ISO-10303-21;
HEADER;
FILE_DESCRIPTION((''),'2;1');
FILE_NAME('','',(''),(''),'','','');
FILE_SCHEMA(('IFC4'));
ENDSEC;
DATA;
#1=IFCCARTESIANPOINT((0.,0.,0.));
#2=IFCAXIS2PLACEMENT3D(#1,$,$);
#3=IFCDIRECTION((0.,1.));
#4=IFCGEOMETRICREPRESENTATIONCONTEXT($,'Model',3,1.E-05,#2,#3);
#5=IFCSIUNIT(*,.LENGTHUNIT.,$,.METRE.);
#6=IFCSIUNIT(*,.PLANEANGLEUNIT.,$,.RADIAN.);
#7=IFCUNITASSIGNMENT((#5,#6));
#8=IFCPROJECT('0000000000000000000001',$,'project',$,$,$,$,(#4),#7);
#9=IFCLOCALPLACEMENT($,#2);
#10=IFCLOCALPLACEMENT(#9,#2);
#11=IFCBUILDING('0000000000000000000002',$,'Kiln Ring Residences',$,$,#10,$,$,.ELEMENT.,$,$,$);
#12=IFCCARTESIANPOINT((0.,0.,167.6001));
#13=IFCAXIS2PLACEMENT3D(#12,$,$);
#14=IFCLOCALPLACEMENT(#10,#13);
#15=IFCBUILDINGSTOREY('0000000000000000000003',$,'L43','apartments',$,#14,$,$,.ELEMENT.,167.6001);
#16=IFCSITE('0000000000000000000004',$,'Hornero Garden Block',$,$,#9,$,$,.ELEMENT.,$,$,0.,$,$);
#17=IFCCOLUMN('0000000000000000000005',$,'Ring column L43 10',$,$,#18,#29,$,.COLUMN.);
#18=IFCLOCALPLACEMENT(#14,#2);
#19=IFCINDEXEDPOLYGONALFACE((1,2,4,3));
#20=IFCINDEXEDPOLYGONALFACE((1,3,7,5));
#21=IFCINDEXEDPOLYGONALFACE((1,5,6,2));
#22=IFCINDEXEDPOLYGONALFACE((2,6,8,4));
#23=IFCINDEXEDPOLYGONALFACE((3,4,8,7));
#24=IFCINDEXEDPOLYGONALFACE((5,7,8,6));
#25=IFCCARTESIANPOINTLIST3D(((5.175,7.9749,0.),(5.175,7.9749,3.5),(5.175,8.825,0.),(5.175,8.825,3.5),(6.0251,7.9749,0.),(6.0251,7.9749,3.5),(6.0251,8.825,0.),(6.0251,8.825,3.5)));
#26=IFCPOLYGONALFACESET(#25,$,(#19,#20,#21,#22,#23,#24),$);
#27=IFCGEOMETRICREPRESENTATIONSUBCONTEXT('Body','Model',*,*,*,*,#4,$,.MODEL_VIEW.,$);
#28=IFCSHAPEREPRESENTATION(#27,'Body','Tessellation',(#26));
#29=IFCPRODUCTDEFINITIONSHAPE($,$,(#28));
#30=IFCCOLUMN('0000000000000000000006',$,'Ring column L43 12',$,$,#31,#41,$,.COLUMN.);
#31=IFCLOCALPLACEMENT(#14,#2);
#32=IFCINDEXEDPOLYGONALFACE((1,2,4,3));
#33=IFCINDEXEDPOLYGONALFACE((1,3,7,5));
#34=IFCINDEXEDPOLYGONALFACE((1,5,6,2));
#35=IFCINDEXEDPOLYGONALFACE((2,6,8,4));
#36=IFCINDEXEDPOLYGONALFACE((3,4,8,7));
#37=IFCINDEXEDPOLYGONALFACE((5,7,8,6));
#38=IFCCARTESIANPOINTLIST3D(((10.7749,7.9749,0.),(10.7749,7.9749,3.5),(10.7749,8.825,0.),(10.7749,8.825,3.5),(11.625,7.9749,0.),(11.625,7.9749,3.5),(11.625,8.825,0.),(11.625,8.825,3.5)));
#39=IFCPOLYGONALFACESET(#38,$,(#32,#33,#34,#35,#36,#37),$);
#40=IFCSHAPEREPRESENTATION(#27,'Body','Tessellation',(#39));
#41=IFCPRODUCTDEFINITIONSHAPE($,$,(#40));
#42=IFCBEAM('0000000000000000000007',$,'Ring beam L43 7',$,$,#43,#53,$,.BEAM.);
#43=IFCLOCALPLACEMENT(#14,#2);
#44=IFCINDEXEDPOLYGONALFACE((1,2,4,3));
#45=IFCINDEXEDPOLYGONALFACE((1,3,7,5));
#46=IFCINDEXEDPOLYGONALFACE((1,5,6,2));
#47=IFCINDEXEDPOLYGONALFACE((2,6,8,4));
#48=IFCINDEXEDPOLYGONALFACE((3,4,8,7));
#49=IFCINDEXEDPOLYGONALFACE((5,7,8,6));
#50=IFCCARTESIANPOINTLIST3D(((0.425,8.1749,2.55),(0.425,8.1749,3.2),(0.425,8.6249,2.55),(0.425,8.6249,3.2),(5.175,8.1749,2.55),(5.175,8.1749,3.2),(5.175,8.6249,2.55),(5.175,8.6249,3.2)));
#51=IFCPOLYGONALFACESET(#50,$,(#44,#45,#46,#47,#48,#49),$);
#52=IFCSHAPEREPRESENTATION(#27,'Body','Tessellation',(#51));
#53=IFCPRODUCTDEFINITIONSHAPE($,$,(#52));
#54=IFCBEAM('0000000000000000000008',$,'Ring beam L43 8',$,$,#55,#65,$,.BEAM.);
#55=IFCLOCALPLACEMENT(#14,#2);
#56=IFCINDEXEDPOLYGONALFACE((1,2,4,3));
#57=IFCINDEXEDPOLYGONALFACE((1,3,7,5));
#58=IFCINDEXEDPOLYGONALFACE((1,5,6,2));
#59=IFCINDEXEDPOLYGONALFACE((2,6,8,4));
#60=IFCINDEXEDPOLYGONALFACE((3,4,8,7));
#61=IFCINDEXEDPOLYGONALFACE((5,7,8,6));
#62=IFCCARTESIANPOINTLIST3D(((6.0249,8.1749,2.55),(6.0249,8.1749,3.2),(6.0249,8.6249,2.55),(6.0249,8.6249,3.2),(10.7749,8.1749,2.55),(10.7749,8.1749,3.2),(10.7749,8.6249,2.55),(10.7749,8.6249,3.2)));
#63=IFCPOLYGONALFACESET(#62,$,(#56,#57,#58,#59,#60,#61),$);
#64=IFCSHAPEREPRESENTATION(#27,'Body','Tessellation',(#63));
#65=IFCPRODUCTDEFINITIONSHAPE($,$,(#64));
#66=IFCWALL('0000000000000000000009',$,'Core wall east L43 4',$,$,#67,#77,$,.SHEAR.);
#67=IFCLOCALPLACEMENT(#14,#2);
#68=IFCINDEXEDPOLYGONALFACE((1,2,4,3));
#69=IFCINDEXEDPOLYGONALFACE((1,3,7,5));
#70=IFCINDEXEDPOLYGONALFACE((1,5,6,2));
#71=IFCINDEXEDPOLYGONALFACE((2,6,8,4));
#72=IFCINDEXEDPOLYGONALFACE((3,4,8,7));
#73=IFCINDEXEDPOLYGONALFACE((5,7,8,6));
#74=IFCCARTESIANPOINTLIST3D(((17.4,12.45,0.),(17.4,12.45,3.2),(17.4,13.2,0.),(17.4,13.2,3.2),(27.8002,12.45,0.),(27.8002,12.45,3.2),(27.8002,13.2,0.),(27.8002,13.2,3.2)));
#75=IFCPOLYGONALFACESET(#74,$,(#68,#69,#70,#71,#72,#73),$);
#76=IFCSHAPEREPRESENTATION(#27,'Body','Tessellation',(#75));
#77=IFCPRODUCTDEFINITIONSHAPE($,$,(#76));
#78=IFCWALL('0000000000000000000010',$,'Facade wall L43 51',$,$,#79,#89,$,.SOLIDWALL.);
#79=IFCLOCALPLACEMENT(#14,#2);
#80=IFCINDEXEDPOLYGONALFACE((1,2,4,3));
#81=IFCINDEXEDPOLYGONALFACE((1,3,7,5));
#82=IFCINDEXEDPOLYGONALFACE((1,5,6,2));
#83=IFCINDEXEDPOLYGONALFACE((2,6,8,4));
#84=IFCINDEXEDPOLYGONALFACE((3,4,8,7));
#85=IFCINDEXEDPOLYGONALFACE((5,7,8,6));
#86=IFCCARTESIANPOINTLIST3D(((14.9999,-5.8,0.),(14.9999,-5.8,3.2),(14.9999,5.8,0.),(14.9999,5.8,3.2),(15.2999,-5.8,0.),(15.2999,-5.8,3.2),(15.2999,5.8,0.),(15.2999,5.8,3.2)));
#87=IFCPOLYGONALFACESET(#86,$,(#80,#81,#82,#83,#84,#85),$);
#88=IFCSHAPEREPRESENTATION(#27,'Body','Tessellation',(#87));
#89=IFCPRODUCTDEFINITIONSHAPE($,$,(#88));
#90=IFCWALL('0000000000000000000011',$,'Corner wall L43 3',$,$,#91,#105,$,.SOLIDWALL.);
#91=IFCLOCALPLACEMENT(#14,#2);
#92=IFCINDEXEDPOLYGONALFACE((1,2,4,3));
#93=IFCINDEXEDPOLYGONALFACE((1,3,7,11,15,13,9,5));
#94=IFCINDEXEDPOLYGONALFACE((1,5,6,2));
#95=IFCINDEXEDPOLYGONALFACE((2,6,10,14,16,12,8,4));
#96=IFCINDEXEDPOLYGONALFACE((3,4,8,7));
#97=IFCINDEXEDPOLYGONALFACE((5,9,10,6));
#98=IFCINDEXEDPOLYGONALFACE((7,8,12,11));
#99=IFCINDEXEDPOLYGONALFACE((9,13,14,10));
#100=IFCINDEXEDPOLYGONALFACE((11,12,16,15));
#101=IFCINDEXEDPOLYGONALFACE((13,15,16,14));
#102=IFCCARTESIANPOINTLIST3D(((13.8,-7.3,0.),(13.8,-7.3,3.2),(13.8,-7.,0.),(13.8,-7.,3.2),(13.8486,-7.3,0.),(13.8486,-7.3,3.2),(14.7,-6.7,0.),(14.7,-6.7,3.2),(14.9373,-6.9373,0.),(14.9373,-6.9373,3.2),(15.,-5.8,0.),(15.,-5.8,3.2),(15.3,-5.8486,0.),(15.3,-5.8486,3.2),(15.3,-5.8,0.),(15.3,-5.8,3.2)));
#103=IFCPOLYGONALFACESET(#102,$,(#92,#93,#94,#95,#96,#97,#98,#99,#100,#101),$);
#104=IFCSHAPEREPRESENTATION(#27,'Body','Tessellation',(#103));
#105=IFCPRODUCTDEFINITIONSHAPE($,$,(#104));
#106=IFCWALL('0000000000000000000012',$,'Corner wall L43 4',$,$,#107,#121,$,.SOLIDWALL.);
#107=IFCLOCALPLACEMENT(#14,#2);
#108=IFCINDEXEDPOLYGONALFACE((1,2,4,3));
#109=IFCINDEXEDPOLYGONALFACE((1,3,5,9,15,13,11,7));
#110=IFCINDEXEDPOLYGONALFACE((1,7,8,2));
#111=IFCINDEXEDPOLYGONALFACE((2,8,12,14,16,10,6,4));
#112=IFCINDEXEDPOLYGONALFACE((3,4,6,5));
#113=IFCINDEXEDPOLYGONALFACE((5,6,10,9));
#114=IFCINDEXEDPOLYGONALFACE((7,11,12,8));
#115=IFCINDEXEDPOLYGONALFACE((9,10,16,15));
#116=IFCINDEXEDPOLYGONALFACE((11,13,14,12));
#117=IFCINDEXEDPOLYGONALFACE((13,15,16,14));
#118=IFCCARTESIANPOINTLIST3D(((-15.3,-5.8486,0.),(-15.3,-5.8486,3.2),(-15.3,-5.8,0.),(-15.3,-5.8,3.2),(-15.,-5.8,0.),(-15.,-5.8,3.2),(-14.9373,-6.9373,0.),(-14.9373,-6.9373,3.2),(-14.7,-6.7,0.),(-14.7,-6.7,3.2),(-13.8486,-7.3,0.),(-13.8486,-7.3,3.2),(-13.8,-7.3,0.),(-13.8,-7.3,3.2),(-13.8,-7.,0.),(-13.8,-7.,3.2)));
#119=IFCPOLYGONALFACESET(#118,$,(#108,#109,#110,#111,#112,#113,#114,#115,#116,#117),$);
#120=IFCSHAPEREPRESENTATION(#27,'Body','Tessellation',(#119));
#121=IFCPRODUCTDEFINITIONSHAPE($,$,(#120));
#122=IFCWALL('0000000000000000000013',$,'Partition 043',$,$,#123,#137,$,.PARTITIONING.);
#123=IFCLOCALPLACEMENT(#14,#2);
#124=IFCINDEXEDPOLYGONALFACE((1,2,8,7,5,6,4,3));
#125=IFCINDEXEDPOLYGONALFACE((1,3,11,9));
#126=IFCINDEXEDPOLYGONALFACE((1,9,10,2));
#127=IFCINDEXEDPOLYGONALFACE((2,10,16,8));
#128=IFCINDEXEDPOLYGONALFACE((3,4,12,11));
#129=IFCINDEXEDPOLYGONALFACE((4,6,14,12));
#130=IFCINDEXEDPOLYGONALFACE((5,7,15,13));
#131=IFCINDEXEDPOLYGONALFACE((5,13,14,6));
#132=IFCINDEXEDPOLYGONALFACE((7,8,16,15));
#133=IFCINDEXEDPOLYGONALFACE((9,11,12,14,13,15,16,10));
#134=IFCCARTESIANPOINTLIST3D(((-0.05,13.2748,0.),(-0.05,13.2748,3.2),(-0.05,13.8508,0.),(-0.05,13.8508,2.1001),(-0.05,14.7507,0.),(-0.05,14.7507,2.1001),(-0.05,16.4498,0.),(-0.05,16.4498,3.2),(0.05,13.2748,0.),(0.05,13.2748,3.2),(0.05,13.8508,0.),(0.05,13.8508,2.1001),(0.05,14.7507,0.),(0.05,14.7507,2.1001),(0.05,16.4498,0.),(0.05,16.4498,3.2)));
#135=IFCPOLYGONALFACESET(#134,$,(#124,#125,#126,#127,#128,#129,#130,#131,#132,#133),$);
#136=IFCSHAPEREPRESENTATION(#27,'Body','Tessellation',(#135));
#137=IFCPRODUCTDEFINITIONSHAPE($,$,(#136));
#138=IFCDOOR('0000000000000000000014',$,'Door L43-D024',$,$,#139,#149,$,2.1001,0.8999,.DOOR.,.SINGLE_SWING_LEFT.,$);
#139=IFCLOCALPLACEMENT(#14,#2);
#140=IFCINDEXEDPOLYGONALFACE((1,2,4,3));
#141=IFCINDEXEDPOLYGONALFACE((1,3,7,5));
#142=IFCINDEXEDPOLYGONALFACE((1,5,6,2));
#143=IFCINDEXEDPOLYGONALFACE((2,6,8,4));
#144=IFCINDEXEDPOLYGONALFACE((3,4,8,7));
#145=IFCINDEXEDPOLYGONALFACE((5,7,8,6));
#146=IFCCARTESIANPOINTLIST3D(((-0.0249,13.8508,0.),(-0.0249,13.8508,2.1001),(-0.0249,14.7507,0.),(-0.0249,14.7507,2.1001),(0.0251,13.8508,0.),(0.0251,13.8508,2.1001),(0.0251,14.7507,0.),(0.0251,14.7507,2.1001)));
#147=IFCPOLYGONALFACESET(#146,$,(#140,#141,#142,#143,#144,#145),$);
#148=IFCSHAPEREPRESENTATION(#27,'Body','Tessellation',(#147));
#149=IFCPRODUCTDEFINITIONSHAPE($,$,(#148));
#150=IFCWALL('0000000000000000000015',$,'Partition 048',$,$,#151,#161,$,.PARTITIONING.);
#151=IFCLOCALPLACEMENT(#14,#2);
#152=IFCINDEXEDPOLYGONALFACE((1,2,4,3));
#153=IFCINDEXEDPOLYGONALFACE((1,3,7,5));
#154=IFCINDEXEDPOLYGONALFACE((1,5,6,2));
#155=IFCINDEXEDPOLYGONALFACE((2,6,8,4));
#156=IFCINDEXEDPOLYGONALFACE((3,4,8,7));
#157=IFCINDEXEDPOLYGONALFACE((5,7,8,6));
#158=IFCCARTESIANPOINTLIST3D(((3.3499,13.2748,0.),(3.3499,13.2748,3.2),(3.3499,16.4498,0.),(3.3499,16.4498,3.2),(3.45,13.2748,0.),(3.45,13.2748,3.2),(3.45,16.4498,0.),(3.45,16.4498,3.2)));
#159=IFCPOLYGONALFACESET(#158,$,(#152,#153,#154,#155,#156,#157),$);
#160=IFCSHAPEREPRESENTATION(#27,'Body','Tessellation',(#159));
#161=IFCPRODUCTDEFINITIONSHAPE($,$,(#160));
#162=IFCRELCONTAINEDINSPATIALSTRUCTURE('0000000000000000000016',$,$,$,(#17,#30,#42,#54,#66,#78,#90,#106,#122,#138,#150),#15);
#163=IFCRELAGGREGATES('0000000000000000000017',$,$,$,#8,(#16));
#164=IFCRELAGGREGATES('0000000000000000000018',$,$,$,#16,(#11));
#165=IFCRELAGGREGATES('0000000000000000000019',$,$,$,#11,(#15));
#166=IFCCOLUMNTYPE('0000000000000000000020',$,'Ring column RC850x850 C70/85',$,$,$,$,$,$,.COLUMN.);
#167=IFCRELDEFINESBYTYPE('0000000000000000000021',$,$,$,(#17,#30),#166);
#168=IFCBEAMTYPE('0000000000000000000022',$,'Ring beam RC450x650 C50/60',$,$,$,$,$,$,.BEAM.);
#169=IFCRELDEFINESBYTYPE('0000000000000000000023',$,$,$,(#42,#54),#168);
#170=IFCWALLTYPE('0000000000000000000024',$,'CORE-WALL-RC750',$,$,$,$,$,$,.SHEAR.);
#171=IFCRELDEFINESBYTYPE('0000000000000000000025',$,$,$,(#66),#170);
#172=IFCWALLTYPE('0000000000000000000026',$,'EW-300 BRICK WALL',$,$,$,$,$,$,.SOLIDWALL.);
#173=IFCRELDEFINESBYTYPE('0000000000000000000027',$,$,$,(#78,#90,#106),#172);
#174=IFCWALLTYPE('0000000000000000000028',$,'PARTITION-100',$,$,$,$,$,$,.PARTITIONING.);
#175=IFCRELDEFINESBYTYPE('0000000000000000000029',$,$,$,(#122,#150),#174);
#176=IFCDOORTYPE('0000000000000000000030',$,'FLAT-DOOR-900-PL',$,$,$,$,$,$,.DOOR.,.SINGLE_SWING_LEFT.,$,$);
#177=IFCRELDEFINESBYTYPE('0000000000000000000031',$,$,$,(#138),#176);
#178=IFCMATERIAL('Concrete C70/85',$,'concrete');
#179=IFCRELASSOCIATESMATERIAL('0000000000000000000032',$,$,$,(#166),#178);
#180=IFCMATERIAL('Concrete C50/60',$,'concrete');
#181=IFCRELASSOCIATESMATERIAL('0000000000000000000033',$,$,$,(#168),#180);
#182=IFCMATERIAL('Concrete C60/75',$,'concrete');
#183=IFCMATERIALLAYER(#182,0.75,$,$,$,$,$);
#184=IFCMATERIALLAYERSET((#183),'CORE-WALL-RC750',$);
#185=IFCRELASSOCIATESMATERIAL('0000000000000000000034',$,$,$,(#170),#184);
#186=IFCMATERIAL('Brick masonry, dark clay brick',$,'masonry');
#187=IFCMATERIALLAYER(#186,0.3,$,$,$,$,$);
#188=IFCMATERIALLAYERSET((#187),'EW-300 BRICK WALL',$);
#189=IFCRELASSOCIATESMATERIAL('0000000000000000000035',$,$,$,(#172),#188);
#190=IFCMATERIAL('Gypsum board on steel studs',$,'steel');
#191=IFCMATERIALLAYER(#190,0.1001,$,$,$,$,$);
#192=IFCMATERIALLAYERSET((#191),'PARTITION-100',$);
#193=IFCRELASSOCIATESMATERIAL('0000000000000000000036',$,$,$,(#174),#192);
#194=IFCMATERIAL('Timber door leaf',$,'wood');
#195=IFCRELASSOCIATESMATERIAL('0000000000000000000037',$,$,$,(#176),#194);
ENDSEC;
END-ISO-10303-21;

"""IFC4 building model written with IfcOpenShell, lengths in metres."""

from ifc_helpers import new_model, si_unit, direction, frame, frame_2d, origin, origin_2d, place, context, subcontext, project, spatial, polyline, rectangle, outline, extrude, material, layer, layer_set, material_profile, profile_set, type_object, element, fill, save


model = new_model("IFC4")

# Units and contexts
model_context = context("Model", 3, precision=1e-05, world=origin(), true_north=direction((0.0, 1.0)))
body_context = subcontext(model_context, "Body", "Model", "MODEL_VIEW")
ifc_project = project(units=[si_unit("LENGTHUNIT", "METRE"), si_unit("PLANEANGLEUNIT", "RADIAN")], contexts=[model_context])

# Site, building, storey
site_placement = place(None, origin())
site = spatial("IfcSite", under=ifc_project, at=site_placement, Name="Hornero Garden Block", CompositionType="ELEMENT", RefElevation=0.0)
building_placement = place(site_placement, origin())
building = spatial("IfcBuilding", under=site, at=building_placement, Name="Kiln Ring Residences", CompositionType="ELEMENT")
storey_placement = place(building_placement, frame((0.0, 0.0, 167.6001)))
storey = spatial("IfcBuildingStorey", under=building, at=storey_placement, Name="L43", Description="apartments", CompositionType="ELEMENT", Elevation=167.6001)

# Columns
ifc_material_1 = material(Name="Concrete C70/85", Category="concrete")
ifc_material_profile_1 = material_profile(ifc_material_1, rectangle(XDim=0.8501, YDim=0.8501, at=origin_2d()), Name="RC850x850")
ifc_profile_set_1 = profile_set([ifc_material_profile_1], Name="Concrete C70/85")
column_type = type_object("IfcColumnType", Name="Ring column RC850x850 C70/85", PredefinedType="COLUMN", material=ifc_profile_set_1)
for number, where, z_axis, x_axis, name in (
    (1, (5.6001, 8.3999, 0.0), (0.0, 0.0, 1.0), (1.0, 0.0, 0.0), "Ring column L43 10"),
    (2, (11.2, 8.3999, 0.0), (0.0, 0.0, 1.0), (1.0, 0.0, 0.0), "Ring column L43 12"),
):
    element("IfcColumn", number, at=place(storey_placement, frame(where, z_axis=z_axis, x_axis=x_axis)), inside=storey, type_object=column_type, Name=name, PredefinedType="COLUMN", context=body_context, shape_type="SweptSolid", body=[
        extrude(rectangle(XDim=0.8501, YDim=0.8501, at=origin_2d()), origin(), (0.0, 0.0, 1.0), 3.5),
    ])

# Beams
ifc_material_2 = material(Name="Concrete C50/60", Category="concrete")
ifc_material_profile_2 = material_profile(ifc_material_2, rectangle(XDim=0.45, YDim=0.6499, at=origin_2d()), Name="RC450x650")
ifc_profile_set_2 = profile_set([ifc_material_profile_2], Name="Concrete C50/60")
beam_type = type_object("IfcBeamType", Name="Ring beam RC450x650 C50/60", PredefinedType="BEAM", material=ifc_profile_set_2)
for number, where, z_axis, x_axis, name in (
    (3, (0.425, 8.3999, 2.875), (1.0, 0.0, 0.0), (0.0, 1.0, 0.0), "Ring beam L43 7"),
    (4, (6.0249, 8.3999, 2.875), (1.0, 0.0, 0.0), (0.0, 1.0, 0.0), "Ring beam L43 8"),
):
    element("IfcBeam", number, at=place(storey_placement, frame(where, z_axis=z_axis, x_axis=x_axis)), inside=storey, type_object=beam_type, Name=name, PredefinedType="BEAM", context=body_context, shape_type="SweptSolid", body=[
        extrude(rectangle(XDim=0.45, YDim=0.6499, at=origin_2d()), origin(), (0.0, 0.0, 1.0), 4.75),
    ])

# Walls
ifc_material_3 = material(Name="Concrete C60/75", Category="concrete")
ifc_layer_1 = layer(ifc_material_3, 0.75)
ifc_layer_set_1 = layer_set([ifc_layer_1], Name="CORE-WALL-RC750")
wall_type_1 = type_object("IfcWallType", Name="CORE-WALL-RC750", PredefinedType="SHEAR", material=ifc_layer_set_1)
wall_1_placement = place(storey_placement, frame((17.3999, 12.825, 0.0), z_axis=(0.0, 0.0, 1.0), x_axis=(1.0, 0.0, 0.0)))
element("IfcWall", 5, at=wall_1_placement, inside=storey, type_object=wall_type_1, Name="Core wall east L43 4", PredefinedType="SHEAR", context=body_context, shape_type="SweptSolid", body=[
    extrude(rectangle(XDim=10.4001, YDim=0.75, at=frame_2d((5.2002, 0.0))), origin(), (0.0, 0.0, 1.0), 3.2),
])
ifc_material_4 = material(Name="Brick masonry, dark clay brick", Category="masonry")
ifc_layer_2 = layer(ifc_material_4, 0.3)
ifc_layer_set_2 = layer_set([ifc_layer_2], Name="EW-300 BRICK WALL")
wall_type_2 = type_object("IfcWallType", Name="EW-300 BRICK WALL", PredefinedType="SOLIDWALL", material=ifc_layer_set_2)
wall_2_placement = place(storey_placement, frame((15.1499, 5.8, 0.0), z_axis=(0.0, 0.0, 1.0), x_axis=(0.0, -1.0, 0.0)))
element("IfcWall", 6, at=wall_2_placement, inside=storey, type_object=wall_type_2, Name="Facade wall L43 51", PredefinedType="SOLIDWALL", context=body_context, shape_type="SweptSolid", body=[
    extrude(rectangle(XDim=11.6001, YDim=0.3, at=frame_2d((5.8, 0.0))), origin(), (0.0, 0.0, 1.0), 3.2),
])
placement = place(storey_placement, origin())
element("IfcWall", 7, at=placement, inside=storey, type_object=wall_type_2, Name="Corner wall L43 3", PredefinedType="SOLIDWALL", context=body_context, shape_type="SweptSolid", body=[
    extrude(outline(polyline([(14.9373, -6.9373), (15.3, -5.8486), (15.3, -5.8), (15.0, -5.8), (14.7, -6.7), (13.8, -7.0), (13.8, -7.3), (13.8486, -7.3), (14.9373, -6.9373)])), origin(), (0.0, 0.0, 1.0), 3.2),
])
element("IfcWall", 8, at=placement, inside=storey, type_object=wall_type_2, Name="Corner wall L43 4", PredefinedType="SOLIDWALL", context=body_context, shape_type="SweptSolid", body=[
    extrude(outline(polyline([(-14.9373, -6.9373), (-13.8486, -7.3), (-13.8, -7.3), (-13.8, -7.0), (-14.7, -6.7), (-15.0, -5.8), (-15.3, -5.8), (-15.3, -5.8486), (-14.9373, -6.9373)])), origin(), (0.0, 0.0, 1.0), 3.2),
])

# Wall, opening, door
ifc_material_5 = material(Name="Gypsum board on steel studs", Category="steel")
ifc_layer_3 = layer(ifc_material_5, 0.1001)
ifc_layer_set_3 = layer_set([ifc_layer_3], Name="PARTITION-100")
wall_type_3 = type_object("IfcWallType", Name="PARTITION-100", PredefinedType="PARTITIONING", material=ifc_layer_set_3)
wall_3_placement = place(storey_placement, frame((0.0, 13.2749, 0.0), z_axis=(0.0, 0.0, 1.0), x_axis=(0.0, 1.0, 0.0)))
wall_3 = element("IfcWall", 9, at=wall_3_placement, inside=storey, type_object=wall_type_3, Name="Partition 043", PredefinedType="PARTITIONING", context=body_context, shape_type="SweptSolid", body=[
    extrude(rectangle(XDim=3.175, YDim=0.1001, at=frame_2d((1.5874, 0.0))), origin(), (0.0, 0.0, 1.0), 3.2),
])
opening_1_placement = place(wall_3_placement, frame((0.5759, 0.0, 0.0)))
opening_1 = element("IfcOpeningElement", 10, at=opening_1_placement, cuts=wall_3, PredefinedType="OPENING", context=body_context, shape_type="SweptSolid", body=[
    extrude(rectangle(XDim=0.8999, YDim=2.1001, at=frame_2d((0.45, 1.05))), frame((0.0, 0.0601, 0.0), z_axis=(0.0, -1.0, 0.0), x_axis=(1.0, 0.0, 0.0)), (0.0, 0.0, 1.0), 0.1201),
])
ifc_material_6 = material(Name="Timber door leaf", Category="wood")
door_type_1 = type_object("IfcDoorType", Name="FLAT-DOOR-900-PL", OperationType="SINGLE_SWING_LEFT", PredefinedType="DOOR", material=ifc_material_6)
door_1_placement = place(opening_1_placement, origin())
door_1 = element("IfcDoor", 11, at=door_1_placement, inside=storey, type_object=door_type_1, Name="Door L43-D024", OperationType="SINGLE_SWING_LEFT", OverallHeight=2.1001, OverallWidth=0.8999, PredefinedType="DOOR", context=body_context, shape_type="SweptSolid", body=[
    extrude(rectangle(XDim=0.8999, YDim=2.1001, at=frame_2d((0.45, 1.05))), frame((0.0, 0.0249, 0.0), z_axis=(0.0, -1.0, 0.0), x_axis=(1.0, 0.0, 0.0)), (0.0, 0.0, 1.0), 0.05),
])
fill(opening_1, door_1)

# Wall
wall_4_placement = place(storey_placement, frame((3.3999, 13.2749, 0.0), z_axis=(0.0, 0.0, 1.0), x_axis=(0.0, 1.0, 0.0)))
element("IfcWall", 12, at=wall_4_placement, inside=storey, type_object=wall_type_3, Name="Partition 048", PredefinedType="PARTITIONING", context=body_context, shape_type="SweptSolid", body=[
    extrude(rectangle(XDim=3.175, YDim=0.1001, at=frame_2d((1.5874, 0.0))), origin(), (0.0, 0.0, 1.0), 3.2),
])

save(model, "model.ifc")
